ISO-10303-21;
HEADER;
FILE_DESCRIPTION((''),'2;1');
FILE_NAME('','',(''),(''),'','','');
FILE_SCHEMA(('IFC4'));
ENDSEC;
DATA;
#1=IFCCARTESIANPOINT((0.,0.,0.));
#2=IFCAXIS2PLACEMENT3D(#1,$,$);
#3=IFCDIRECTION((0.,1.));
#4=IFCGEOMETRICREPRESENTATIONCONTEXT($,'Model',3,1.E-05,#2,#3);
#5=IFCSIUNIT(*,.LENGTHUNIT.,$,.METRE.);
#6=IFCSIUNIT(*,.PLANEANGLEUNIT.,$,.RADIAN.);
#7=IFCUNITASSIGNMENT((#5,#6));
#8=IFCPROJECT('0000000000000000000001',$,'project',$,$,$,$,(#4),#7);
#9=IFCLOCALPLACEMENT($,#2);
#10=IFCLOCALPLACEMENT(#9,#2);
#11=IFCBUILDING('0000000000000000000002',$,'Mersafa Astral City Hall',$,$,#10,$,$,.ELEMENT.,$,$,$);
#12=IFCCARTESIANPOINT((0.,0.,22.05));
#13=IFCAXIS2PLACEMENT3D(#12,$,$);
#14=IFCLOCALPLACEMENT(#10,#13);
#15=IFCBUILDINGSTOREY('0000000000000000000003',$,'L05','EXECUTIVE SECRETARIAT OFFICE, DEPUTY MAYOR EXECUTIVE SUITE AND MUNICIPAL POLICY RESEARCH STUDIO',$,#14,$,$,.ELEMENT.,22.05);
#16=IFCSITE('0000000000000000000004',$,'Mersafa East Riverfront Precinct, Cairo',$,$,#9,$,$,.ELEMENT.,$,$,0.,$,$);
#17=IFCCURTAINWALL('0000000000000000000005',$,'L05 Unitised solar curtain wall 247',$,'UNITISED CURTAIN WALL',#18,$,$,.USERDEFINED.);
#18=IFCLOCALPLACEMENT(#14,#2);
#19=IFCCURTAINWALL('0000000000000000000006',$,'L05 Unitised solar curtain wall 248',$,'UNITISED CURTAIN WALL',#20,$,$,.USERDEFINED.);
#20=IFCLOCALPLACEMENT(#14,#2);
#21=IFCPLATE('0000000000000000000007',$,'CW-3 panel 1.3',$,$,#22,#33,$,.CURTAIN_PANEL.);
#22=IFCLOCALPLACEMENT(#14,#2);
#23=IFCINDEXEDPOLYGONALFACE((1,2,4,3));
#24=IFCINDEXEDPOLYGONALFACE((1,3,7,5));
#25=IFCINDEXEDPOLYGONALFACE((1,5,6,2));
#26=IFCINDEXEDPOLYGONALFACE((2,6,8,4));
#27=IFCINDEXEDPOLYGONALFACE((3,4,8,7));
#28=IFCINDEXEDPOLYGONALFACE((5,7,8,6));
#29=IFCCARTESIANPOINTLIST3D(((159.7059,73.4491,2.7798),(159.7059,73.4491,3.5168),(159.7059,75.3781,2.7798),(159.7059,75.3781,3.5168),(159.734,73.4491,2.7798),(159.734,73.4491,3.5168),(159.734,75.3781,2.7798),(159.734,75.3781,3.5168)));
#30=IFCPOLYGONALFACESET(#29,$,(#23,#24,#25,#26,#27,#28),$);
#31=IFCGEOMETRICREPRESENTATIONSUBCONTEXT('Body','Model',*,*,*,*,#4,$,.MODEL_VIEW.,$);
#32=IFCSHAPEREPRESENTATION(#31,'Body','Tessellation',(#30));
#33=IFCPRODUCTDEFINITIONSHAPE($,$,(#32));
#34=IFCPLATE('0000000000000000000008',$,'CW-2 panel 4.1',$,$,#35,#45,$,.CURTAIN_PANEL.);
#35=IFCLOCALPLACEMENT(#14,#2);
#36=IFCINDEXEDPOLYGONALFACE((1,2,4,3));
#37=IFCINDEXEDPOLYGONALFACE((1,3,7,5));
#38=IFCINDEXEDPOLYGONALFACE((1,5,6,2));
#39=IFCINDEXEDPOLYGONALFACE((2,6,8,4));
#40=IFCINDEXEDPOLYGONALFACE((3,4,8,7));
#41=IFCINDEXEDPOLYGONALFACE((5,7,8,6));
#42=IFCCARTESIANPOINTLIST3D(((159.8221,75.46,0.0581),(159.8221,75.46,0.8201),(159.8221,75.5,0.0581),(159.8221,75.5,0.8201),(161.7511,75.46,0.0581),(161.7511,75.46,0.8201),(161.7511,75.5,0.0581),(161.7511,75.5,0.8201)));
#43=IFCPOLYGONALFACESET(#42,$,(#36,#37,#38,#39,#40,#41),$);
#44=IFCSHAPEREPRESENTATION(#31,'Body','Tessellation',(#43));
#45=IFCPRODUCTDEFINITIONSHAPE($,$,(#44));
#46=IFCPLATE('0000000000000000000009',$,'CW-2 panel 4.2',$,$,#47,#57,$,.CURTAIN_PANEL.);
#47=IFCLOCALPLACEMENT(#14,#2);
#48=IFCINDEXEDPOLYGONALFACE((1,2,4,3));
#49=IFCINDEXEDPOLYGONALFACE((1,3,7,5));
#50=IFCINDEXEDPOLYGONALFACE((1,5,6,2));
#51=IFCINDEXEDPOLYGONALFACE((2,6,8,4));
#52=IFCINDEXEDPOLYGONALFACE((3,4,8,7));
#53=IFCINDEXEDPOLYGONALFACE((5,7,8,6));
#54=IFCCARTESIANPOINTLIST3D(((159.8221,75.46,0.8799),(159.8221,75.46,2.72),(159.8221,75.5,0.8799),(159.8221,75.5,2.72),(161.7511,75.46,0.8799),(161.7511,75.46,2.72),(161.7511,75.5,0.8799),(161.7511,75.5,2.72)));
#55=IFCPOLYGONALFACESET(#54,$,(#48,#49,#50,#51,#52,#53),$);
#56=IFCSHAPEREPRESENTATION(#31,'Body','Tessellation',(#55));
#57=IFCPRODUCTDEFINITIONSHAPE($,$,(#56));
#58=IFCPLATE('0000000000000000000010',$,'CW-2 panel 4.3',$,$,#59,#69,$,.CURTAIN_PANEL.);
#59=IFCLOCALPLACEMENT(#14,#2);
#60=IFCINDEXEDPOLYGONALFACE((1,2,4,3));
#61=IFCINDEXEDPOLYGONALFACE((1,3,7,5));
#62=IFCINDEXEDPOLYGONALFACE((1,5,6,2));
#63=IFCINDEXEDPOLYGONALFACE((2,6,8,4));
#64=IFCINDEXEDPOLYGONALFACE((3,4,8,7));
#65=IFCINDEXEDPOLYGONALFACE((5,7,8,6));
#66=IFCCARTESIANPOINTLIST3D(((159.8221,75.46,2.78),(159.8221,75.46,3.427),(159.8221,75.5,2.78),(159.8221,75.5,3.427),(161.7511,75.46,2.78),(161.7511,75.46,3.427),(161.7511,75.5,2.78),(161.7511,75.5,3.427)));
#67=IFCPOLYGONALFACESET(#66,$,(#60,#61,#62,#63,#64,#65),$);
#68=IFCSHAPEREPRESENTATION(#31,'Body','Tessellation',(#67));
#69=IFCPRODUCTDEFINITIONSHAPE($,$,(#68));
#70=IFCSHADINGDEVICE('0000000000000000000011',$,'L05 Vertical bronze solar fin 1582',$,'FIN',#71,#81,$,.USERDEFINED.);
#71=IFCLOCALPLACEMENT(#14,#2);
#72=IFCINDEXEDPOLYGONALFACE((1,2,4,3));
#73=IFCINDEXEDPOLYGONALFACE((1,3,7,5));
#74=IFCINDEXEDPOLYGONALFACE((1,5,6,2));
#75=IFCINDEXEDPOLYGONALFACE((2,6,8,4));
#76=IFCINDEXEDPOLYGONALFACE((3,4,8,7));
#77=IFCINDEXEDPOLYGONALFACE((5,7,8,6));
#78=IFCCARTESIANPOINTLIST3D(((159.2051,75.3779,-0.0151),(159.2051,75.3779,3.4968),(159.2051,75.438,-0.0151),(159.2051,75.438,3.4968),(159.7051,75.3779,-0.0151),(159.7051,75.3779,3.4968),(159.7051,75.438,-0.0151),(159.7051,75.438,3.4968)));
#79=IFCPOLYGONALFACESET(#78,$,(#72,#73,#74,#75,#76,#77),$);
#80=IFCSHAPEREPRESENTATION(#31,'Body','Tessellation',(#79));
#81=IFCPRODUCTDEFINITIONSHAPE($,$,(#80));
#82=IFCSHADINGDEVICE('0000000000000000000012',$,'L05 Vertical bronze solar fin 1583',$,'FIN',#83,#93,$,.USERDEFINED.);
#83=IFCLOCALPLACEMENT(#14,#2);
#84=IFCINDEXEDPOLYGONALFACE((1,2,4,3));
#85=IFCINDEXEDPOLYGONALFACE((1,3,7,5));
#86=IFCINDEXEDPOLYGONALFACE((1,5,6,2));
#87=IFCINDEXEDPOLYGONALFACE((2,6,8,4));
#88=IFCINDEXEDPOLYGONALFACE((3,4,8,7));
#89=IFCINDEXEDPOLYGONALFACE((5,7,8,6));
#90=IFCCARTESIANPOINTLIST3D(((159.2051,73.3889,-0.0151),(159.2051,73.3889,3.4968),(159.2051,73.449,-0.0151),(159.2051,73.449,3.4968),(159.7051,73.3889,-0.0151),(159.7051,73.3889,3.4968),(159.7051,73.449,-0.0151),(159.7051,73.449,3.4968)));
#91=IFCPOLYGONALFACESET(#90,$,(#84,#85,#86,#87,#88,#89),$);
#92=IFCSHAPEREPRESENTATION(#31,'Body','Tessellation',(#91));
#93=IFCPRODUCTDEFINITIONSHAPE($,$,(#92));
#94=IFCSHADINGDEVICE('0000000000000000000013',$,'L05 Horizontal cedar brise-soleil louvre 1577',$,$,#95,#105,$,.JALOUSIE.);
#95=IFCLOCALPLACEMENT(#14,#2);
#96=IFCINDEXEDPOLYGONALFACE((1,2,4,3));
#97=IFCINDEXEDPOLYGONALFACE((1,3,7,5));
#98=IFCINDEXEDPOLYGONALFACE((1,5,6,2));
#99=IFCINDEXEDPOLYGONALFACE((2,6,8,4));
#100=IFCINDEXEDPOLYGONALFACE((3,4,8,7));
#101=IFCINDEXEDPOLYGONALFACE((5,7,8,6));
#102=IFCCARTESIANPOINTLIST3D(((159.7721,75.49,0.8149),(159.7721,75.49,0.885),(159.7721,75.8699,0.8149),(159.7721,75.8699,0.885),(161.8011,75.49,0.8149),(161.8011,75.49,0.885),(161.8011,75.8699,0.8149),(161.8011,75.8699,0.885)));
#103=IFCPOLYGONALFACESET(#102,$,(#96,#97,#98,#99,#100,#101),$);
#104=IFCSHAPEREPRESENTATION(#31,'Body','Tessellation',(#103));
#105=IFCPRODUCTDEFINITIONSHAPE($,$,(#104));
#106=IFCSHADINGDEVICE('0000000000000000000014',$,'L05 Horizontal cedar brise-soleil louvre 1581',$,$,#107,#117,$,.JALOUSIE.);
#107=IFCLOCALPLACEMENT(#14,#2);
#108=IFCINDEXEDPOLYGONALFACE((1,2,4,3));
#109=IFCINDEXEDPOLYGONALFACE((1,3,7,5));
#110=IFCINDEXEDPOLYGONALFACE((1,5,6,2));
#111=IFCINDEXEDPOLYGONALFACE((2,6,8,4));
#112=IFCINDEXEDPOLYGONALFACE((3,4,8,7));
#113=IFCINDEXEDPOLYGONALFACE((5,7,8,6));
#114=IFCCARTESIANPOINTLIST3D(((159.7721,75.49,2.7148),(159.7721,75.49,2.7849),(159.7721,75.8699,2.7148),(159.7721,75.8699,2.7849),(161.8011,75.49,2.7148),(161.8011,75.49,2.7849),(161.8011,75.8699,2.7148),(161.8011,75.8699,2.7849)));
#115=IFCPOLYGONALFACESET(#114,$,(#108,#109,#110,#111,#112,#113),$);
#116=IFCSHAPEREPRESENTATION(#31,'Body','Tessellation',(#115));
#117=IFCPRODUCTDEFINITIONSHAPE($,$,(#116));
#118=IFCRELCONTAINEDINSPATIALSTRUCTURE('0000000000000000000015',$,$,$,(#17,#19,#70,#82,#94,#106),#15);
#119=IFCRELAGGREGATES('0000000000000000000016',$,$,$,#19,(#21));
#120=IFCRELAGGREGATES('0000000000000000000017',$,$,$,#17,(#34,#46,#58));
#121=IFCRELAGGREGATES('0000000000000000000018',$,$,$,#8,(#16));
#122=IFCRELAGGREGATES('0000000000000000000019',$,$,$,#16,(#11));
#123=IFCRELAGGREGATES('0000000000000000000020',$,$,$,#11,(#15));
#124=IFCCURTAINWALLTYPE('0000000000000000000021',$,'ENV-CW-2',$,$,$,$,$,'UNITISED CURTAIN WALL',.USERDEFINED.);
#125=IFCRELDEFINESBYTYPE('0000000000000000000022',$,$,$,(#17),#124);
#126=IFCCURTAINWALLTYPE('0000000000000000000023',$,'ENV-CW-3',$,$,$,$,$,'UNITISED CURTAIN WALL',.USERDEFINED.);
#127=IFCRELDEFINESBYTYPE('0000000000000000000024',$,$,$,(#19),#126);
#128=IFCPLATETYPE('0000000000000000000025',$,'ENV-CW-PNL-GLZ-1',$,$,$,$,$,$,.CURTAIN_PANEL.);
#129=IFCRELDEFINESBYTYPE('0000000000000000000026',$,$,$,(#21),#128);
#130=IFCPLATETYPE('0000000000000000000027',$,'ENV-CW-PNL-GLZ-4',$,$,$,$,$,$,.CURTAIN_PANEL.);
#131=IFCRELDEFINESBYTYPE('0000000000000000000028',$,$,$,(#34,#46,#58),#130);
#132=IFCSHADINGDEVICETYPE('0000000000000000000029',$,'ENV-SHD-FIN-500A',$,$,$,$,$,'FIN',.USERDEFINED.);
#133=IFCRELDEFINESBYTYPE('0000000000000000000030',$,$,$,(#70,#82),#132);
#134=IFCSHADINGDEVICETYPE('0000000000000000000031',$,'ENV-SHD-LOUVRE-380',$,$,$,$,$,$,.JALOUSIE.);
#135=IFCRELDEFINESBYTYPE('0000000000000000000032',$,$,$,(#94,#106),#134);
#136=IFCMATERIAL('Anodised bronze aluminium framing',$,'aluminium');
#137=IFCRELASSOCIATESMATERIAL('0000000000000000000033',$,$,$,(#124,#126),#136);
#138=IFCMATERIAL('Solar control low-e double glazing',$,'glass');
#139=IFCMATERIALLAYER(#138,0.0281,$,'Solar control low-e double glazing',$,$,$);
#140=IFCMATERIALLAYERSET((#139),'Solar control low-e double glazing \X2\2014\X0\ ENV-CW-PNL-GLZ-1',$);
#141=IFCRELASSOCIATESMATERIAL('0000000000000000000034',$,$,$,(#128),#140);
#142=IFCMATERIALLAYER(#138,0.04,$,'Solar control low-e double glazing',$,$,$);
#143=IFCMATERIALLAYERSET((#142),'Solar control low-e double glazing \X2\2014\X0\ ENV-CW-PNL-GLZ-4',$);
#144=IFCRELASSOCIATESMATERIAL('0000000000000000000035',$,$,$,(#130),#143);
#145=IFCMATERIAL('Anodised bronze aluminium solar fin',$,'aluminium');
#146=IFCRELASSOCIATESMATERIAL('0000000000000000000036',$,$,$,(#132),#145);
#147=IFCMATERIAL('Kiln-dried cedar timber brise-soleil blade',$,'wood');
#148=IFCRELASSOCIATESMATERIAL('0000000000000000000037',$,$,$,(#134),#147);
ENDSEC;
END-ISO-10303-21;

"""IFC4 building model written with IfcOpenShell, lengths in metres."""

from ifc_helpers import new_model, si_unit, direction, frame, origin, origin_2d, place, context, subcontext, project, spatial, rectangle, extrude, material, layer, layer_set, type_object, element, aggregate, save


model = new_model("IFC4")

# Units and contexts
model_context = context("Model", 3, precision=1e-05, world=origin(), true_north=direction((0.0, 1.0)))
body_context = subcontext(model_context, "Body", "Model", "MODEL_VIEW")
ifc_project = project(units=[si_unit("LENGTHUNIT", "METRE"), si_unit("PLANEANGLEUNIT", "RADIAN")], contexts=[model_context])

# Site, building, storey
site_placement = place(None, origin())
site = spatial("IfcSite", under=ifc_project, at=site_placement, Name="Mersafa East Riverfront Precinct, Cairo", CompositionType="ELEMENT", RefElevation=0.0)
building_placement = place(site_placement, origin())
building = spatial("IfcBuilding", under=site, at=building_placement, Name="Mersafa Astral City Hall", CompositionType="ELEMENT")
storey_placement = place(building_placement, frame((0.0, 0.0, 22.05)))
storey = spatial("IfcBuildingStorey", under=building, at=storey_placement, Name="L05", Description="EXECUTIVE SECRETARIAT OFFICE, DEPUTY MAYOR EXECUTIVE SUITE AND MUNICIPAL POLICY RESEARCH STUDIO", CompositionType="ELEMENT", Elevation=22.05)

# Curtain wall
ifc_material_1 = material(Name="Anodised bronze aluminium framing", Category="aluminium")
curtain_wall_type_1 = type_object("IfcCurtainWallType", Name="ENV-CW-2", ElementType="UNITISED CURTAIN WALL", PredefinedType="USERDEFINED", material=ifc_material_1)
curtain_wall_1_placement = place(storey_placement, origin())
curtain_wall_1 = element("IfcCurtainWall", 1, at=curtain_wall_1_placement, inside=storey, type_object=curtain_wall_type_1, Name="L05 Unitised solar curtain wall 247", ObjectType="UNITISED CURTAIN WALL", PredefinedType="USERDEFINED")

# Curtain wall
curtain_wall_type_2 = type_object("IfcCurtainWallType", Name="ENV-CW-3", ElementType="UNITISED CURTAIN WALL", PredefinedType="USERDEFINED", material=ifc_material_1)
curtain_wall_2_placement = place(storey_placement, origin())
curtain_wall_2 = element("IfcCurtainWall", 2, at=curtain_wall_2_placement, inside=storey, type_object=curtain_wall_type_2, Name="L05 Unitised solar curtain wall 248", ObjectType="UNITISED CURTAIN WALL", PredefinedType="USERDEFINED")

# Plates
ifc_material_2 = material(Name="Solar control low-e double glazing", Category="glass")
ifc_layer_1 = layer(ifc_material_2, 0.0281, Name="Solar control low-e double glazing")
ifc_layer_set_1 = layer_set([ifc_layer_1], Name="Solar control low-e double glazing — ENV-CW-PNL-GLZ-1")
plate_type_1 = type_object("IfcPlateType", Name="ENV-CW-PNL-GLZ-1", PredefinedType="CURTAIN_PANEL", material=ifc_layer_set_1)
plate_1_placement = place(storey_placement, frame((159.72, 74.4136, 2.7798), z_axis=(0.0, 0.0, 1.0), x_axis=(0.0, -1.0, 0.0)))
plate_1 = element("IfcPlate", 3, at=plate_1_placement, type_object=plate_type_1, Name="CW-3 panel 1.3", PredefinedType="CURTAIN_PANEL", context=body_context, shape_type="SweptSolid", body=[
    extrude(rectangle(XDim=1.929, YDim=0.0281, at=origin_2d()), origin(), (0.0, 0.0, 1.0), 0.7371),
])
aggregate(curtain_wall_2, [plate_1])
ifc_layer_2 = layer(ifc_material_2, 0.04, Name="Solar control low-e double glazing")
ifc_layer_set_2 = layer_set([ifc_layer_2], Name="Solar control low-e double glazing — ENV-CW-PNL-GLZ-4")
plate_type_2 = type_object("IfcPlateType", Name="ENV-CW-PNL-GLZ-4", PredefinedType="CURTAIN_PANEL", material=ifc_layer_set_2)
plate_2_placement = place(storey_placement, frame((160.7866, 75.48, 0.0581), z_axis=(0.0, 0.0, 1.0), x_axis=(-1.0, 0.0, 0.0)))
plate_2 = element("IfcPlate", 4, at=plate_2_placement, type_object=plate_type_2, Name="CW-2 panel 4.1", PredefinedType="CURTAIN_PANEL", context=body_context, shape_type="SweptSolid", body=[
    extrude(rectangle(XDim=1.929, YDim=0.04, at=origin_2d()), origin(), (0.0, 0.0, 1.0), 0.762),
])
plate_3_placement = place(storey_placement, frame((160.7866, 75.48, 0.8799), z_axis=(0.0, 0.0, 1.0), x_axis=(-1.0, 0.0, 0.0)))
plate_3 = element("IfcPlate", 5, at=plate_3_placement, type_object=plate_type_2, Name="CW-2 panel 4.2", PredefinedType="CURTAIN_PANEL", context=body_context, shape_type="SweptSolid", body=[
    extrude(rectangle(XDim=1.929, YDim=0.04, at=origin_2d()), origin(), (0.0, 0.0, 1.0), 1.8401),
])
plate_4_placement = place(storey_placement, frame((160.7866, 75.48, 2.78), z_axis=(0.0, 0.0, 1.0), x_axis=(-1.0, 0.0, 0.0)))
plate_4 = element("IfcPlate", 6, at=plate_4_placement, type_object=plate_type_2, Name="CW-2 panel 4.3", PredefinedType="CURTAIN_PANEL", context=body_context, shape_type="SweptSolid", body=[
    extrude(rectangle(XDim=1.929, YDim=0.04, at=origin_2d()), origin(), (0.0, 0.0, 1.0), 0.647),
])
aggregate(curtain_wall_1, [plate_2, plate_3, plate_4])

# Shading devices
ifc_material_3 = material(Name="Anodised bronze aluminium solar fin", Category="aluminium")
shading_device_type_1 = type_object("IfcShadingDeviceType", Name="ENV-SHD-FIN-500A", ElementType="FIN", PredefinedType="USERDEFINED", material=ifc_material_3)
for number, where, z_axis, x_axis, name in (
    (7, (159.4551, 75.408, -0.0151), (0.0, 0.0, 1.0), (0.0, -1.0, 0.0), "L05 Vertical bronze solar fin 1582"),
    (8, (159.4551, 73.4189, -0.0151), (0.0, 0.0, 1.0), (0.0, -1.0, 0.0), "L05 Vertical bronze solar fin 1583"),
):
    element("IfcShadingDevice", number, at=place(storey_placement, frame(where, z_axis=z_axis, x_axis=x_axis)), inside=storey, type_object=shading_device_type_1, Name=name, ObjectType="FIN", PredefinedType="USERDEFINED", context=body_context, shape_type="SweptSolid", body=[
        extrude(rectangle(XDim=0.0601, YDim=0.5, at=origin_2d()), origin(), (0.0, 0.0, 1.0), 3.512),
    ])
ifc_material_4 = material(Name="Kiln-dried cedar timber brise-soleil blade", Category="wood")
shading_device_type_2 = type_object("IfcShadingDeviceType", Name="ENV-SHD-LOUVRE-380", PredefinedType="JALOUSIE", material=ifc_material_4)
for number, where, z_axis, x_axis, name in (
    (9, (160.7866, 75.6799, 0.8149), (0.0, 0.0, 1.0), (-1.0, 0.0, 0.0), "L05 Horizontal cedar brise-soleil louvre 1577"),
    (10, (160.7866, 75.6799, 2.7148), (0.0, 0.0, 1.0), (-1.0, 0.0, 0.0), "L05 Horizontal cedar brise-soleil louvre 1581"),
):
    element("IfcShadingDevice", number, at=place(storey_placement, frame(where, z_axis=z_axis, x_axis=x_axis)), inside=storey, type_object=shading_device_type_2, Name=name, PredefinedType="JALOUSIE", context=body_context, shape_type="SweptSolid", body=[
        extrude(rectangle(XDim=2.0291, YDim=0.3799, at=origin_2d()), origin(), (0.0, 0.0, 1.0), 0.0701),
    ])

save(model, "model.ifc")
